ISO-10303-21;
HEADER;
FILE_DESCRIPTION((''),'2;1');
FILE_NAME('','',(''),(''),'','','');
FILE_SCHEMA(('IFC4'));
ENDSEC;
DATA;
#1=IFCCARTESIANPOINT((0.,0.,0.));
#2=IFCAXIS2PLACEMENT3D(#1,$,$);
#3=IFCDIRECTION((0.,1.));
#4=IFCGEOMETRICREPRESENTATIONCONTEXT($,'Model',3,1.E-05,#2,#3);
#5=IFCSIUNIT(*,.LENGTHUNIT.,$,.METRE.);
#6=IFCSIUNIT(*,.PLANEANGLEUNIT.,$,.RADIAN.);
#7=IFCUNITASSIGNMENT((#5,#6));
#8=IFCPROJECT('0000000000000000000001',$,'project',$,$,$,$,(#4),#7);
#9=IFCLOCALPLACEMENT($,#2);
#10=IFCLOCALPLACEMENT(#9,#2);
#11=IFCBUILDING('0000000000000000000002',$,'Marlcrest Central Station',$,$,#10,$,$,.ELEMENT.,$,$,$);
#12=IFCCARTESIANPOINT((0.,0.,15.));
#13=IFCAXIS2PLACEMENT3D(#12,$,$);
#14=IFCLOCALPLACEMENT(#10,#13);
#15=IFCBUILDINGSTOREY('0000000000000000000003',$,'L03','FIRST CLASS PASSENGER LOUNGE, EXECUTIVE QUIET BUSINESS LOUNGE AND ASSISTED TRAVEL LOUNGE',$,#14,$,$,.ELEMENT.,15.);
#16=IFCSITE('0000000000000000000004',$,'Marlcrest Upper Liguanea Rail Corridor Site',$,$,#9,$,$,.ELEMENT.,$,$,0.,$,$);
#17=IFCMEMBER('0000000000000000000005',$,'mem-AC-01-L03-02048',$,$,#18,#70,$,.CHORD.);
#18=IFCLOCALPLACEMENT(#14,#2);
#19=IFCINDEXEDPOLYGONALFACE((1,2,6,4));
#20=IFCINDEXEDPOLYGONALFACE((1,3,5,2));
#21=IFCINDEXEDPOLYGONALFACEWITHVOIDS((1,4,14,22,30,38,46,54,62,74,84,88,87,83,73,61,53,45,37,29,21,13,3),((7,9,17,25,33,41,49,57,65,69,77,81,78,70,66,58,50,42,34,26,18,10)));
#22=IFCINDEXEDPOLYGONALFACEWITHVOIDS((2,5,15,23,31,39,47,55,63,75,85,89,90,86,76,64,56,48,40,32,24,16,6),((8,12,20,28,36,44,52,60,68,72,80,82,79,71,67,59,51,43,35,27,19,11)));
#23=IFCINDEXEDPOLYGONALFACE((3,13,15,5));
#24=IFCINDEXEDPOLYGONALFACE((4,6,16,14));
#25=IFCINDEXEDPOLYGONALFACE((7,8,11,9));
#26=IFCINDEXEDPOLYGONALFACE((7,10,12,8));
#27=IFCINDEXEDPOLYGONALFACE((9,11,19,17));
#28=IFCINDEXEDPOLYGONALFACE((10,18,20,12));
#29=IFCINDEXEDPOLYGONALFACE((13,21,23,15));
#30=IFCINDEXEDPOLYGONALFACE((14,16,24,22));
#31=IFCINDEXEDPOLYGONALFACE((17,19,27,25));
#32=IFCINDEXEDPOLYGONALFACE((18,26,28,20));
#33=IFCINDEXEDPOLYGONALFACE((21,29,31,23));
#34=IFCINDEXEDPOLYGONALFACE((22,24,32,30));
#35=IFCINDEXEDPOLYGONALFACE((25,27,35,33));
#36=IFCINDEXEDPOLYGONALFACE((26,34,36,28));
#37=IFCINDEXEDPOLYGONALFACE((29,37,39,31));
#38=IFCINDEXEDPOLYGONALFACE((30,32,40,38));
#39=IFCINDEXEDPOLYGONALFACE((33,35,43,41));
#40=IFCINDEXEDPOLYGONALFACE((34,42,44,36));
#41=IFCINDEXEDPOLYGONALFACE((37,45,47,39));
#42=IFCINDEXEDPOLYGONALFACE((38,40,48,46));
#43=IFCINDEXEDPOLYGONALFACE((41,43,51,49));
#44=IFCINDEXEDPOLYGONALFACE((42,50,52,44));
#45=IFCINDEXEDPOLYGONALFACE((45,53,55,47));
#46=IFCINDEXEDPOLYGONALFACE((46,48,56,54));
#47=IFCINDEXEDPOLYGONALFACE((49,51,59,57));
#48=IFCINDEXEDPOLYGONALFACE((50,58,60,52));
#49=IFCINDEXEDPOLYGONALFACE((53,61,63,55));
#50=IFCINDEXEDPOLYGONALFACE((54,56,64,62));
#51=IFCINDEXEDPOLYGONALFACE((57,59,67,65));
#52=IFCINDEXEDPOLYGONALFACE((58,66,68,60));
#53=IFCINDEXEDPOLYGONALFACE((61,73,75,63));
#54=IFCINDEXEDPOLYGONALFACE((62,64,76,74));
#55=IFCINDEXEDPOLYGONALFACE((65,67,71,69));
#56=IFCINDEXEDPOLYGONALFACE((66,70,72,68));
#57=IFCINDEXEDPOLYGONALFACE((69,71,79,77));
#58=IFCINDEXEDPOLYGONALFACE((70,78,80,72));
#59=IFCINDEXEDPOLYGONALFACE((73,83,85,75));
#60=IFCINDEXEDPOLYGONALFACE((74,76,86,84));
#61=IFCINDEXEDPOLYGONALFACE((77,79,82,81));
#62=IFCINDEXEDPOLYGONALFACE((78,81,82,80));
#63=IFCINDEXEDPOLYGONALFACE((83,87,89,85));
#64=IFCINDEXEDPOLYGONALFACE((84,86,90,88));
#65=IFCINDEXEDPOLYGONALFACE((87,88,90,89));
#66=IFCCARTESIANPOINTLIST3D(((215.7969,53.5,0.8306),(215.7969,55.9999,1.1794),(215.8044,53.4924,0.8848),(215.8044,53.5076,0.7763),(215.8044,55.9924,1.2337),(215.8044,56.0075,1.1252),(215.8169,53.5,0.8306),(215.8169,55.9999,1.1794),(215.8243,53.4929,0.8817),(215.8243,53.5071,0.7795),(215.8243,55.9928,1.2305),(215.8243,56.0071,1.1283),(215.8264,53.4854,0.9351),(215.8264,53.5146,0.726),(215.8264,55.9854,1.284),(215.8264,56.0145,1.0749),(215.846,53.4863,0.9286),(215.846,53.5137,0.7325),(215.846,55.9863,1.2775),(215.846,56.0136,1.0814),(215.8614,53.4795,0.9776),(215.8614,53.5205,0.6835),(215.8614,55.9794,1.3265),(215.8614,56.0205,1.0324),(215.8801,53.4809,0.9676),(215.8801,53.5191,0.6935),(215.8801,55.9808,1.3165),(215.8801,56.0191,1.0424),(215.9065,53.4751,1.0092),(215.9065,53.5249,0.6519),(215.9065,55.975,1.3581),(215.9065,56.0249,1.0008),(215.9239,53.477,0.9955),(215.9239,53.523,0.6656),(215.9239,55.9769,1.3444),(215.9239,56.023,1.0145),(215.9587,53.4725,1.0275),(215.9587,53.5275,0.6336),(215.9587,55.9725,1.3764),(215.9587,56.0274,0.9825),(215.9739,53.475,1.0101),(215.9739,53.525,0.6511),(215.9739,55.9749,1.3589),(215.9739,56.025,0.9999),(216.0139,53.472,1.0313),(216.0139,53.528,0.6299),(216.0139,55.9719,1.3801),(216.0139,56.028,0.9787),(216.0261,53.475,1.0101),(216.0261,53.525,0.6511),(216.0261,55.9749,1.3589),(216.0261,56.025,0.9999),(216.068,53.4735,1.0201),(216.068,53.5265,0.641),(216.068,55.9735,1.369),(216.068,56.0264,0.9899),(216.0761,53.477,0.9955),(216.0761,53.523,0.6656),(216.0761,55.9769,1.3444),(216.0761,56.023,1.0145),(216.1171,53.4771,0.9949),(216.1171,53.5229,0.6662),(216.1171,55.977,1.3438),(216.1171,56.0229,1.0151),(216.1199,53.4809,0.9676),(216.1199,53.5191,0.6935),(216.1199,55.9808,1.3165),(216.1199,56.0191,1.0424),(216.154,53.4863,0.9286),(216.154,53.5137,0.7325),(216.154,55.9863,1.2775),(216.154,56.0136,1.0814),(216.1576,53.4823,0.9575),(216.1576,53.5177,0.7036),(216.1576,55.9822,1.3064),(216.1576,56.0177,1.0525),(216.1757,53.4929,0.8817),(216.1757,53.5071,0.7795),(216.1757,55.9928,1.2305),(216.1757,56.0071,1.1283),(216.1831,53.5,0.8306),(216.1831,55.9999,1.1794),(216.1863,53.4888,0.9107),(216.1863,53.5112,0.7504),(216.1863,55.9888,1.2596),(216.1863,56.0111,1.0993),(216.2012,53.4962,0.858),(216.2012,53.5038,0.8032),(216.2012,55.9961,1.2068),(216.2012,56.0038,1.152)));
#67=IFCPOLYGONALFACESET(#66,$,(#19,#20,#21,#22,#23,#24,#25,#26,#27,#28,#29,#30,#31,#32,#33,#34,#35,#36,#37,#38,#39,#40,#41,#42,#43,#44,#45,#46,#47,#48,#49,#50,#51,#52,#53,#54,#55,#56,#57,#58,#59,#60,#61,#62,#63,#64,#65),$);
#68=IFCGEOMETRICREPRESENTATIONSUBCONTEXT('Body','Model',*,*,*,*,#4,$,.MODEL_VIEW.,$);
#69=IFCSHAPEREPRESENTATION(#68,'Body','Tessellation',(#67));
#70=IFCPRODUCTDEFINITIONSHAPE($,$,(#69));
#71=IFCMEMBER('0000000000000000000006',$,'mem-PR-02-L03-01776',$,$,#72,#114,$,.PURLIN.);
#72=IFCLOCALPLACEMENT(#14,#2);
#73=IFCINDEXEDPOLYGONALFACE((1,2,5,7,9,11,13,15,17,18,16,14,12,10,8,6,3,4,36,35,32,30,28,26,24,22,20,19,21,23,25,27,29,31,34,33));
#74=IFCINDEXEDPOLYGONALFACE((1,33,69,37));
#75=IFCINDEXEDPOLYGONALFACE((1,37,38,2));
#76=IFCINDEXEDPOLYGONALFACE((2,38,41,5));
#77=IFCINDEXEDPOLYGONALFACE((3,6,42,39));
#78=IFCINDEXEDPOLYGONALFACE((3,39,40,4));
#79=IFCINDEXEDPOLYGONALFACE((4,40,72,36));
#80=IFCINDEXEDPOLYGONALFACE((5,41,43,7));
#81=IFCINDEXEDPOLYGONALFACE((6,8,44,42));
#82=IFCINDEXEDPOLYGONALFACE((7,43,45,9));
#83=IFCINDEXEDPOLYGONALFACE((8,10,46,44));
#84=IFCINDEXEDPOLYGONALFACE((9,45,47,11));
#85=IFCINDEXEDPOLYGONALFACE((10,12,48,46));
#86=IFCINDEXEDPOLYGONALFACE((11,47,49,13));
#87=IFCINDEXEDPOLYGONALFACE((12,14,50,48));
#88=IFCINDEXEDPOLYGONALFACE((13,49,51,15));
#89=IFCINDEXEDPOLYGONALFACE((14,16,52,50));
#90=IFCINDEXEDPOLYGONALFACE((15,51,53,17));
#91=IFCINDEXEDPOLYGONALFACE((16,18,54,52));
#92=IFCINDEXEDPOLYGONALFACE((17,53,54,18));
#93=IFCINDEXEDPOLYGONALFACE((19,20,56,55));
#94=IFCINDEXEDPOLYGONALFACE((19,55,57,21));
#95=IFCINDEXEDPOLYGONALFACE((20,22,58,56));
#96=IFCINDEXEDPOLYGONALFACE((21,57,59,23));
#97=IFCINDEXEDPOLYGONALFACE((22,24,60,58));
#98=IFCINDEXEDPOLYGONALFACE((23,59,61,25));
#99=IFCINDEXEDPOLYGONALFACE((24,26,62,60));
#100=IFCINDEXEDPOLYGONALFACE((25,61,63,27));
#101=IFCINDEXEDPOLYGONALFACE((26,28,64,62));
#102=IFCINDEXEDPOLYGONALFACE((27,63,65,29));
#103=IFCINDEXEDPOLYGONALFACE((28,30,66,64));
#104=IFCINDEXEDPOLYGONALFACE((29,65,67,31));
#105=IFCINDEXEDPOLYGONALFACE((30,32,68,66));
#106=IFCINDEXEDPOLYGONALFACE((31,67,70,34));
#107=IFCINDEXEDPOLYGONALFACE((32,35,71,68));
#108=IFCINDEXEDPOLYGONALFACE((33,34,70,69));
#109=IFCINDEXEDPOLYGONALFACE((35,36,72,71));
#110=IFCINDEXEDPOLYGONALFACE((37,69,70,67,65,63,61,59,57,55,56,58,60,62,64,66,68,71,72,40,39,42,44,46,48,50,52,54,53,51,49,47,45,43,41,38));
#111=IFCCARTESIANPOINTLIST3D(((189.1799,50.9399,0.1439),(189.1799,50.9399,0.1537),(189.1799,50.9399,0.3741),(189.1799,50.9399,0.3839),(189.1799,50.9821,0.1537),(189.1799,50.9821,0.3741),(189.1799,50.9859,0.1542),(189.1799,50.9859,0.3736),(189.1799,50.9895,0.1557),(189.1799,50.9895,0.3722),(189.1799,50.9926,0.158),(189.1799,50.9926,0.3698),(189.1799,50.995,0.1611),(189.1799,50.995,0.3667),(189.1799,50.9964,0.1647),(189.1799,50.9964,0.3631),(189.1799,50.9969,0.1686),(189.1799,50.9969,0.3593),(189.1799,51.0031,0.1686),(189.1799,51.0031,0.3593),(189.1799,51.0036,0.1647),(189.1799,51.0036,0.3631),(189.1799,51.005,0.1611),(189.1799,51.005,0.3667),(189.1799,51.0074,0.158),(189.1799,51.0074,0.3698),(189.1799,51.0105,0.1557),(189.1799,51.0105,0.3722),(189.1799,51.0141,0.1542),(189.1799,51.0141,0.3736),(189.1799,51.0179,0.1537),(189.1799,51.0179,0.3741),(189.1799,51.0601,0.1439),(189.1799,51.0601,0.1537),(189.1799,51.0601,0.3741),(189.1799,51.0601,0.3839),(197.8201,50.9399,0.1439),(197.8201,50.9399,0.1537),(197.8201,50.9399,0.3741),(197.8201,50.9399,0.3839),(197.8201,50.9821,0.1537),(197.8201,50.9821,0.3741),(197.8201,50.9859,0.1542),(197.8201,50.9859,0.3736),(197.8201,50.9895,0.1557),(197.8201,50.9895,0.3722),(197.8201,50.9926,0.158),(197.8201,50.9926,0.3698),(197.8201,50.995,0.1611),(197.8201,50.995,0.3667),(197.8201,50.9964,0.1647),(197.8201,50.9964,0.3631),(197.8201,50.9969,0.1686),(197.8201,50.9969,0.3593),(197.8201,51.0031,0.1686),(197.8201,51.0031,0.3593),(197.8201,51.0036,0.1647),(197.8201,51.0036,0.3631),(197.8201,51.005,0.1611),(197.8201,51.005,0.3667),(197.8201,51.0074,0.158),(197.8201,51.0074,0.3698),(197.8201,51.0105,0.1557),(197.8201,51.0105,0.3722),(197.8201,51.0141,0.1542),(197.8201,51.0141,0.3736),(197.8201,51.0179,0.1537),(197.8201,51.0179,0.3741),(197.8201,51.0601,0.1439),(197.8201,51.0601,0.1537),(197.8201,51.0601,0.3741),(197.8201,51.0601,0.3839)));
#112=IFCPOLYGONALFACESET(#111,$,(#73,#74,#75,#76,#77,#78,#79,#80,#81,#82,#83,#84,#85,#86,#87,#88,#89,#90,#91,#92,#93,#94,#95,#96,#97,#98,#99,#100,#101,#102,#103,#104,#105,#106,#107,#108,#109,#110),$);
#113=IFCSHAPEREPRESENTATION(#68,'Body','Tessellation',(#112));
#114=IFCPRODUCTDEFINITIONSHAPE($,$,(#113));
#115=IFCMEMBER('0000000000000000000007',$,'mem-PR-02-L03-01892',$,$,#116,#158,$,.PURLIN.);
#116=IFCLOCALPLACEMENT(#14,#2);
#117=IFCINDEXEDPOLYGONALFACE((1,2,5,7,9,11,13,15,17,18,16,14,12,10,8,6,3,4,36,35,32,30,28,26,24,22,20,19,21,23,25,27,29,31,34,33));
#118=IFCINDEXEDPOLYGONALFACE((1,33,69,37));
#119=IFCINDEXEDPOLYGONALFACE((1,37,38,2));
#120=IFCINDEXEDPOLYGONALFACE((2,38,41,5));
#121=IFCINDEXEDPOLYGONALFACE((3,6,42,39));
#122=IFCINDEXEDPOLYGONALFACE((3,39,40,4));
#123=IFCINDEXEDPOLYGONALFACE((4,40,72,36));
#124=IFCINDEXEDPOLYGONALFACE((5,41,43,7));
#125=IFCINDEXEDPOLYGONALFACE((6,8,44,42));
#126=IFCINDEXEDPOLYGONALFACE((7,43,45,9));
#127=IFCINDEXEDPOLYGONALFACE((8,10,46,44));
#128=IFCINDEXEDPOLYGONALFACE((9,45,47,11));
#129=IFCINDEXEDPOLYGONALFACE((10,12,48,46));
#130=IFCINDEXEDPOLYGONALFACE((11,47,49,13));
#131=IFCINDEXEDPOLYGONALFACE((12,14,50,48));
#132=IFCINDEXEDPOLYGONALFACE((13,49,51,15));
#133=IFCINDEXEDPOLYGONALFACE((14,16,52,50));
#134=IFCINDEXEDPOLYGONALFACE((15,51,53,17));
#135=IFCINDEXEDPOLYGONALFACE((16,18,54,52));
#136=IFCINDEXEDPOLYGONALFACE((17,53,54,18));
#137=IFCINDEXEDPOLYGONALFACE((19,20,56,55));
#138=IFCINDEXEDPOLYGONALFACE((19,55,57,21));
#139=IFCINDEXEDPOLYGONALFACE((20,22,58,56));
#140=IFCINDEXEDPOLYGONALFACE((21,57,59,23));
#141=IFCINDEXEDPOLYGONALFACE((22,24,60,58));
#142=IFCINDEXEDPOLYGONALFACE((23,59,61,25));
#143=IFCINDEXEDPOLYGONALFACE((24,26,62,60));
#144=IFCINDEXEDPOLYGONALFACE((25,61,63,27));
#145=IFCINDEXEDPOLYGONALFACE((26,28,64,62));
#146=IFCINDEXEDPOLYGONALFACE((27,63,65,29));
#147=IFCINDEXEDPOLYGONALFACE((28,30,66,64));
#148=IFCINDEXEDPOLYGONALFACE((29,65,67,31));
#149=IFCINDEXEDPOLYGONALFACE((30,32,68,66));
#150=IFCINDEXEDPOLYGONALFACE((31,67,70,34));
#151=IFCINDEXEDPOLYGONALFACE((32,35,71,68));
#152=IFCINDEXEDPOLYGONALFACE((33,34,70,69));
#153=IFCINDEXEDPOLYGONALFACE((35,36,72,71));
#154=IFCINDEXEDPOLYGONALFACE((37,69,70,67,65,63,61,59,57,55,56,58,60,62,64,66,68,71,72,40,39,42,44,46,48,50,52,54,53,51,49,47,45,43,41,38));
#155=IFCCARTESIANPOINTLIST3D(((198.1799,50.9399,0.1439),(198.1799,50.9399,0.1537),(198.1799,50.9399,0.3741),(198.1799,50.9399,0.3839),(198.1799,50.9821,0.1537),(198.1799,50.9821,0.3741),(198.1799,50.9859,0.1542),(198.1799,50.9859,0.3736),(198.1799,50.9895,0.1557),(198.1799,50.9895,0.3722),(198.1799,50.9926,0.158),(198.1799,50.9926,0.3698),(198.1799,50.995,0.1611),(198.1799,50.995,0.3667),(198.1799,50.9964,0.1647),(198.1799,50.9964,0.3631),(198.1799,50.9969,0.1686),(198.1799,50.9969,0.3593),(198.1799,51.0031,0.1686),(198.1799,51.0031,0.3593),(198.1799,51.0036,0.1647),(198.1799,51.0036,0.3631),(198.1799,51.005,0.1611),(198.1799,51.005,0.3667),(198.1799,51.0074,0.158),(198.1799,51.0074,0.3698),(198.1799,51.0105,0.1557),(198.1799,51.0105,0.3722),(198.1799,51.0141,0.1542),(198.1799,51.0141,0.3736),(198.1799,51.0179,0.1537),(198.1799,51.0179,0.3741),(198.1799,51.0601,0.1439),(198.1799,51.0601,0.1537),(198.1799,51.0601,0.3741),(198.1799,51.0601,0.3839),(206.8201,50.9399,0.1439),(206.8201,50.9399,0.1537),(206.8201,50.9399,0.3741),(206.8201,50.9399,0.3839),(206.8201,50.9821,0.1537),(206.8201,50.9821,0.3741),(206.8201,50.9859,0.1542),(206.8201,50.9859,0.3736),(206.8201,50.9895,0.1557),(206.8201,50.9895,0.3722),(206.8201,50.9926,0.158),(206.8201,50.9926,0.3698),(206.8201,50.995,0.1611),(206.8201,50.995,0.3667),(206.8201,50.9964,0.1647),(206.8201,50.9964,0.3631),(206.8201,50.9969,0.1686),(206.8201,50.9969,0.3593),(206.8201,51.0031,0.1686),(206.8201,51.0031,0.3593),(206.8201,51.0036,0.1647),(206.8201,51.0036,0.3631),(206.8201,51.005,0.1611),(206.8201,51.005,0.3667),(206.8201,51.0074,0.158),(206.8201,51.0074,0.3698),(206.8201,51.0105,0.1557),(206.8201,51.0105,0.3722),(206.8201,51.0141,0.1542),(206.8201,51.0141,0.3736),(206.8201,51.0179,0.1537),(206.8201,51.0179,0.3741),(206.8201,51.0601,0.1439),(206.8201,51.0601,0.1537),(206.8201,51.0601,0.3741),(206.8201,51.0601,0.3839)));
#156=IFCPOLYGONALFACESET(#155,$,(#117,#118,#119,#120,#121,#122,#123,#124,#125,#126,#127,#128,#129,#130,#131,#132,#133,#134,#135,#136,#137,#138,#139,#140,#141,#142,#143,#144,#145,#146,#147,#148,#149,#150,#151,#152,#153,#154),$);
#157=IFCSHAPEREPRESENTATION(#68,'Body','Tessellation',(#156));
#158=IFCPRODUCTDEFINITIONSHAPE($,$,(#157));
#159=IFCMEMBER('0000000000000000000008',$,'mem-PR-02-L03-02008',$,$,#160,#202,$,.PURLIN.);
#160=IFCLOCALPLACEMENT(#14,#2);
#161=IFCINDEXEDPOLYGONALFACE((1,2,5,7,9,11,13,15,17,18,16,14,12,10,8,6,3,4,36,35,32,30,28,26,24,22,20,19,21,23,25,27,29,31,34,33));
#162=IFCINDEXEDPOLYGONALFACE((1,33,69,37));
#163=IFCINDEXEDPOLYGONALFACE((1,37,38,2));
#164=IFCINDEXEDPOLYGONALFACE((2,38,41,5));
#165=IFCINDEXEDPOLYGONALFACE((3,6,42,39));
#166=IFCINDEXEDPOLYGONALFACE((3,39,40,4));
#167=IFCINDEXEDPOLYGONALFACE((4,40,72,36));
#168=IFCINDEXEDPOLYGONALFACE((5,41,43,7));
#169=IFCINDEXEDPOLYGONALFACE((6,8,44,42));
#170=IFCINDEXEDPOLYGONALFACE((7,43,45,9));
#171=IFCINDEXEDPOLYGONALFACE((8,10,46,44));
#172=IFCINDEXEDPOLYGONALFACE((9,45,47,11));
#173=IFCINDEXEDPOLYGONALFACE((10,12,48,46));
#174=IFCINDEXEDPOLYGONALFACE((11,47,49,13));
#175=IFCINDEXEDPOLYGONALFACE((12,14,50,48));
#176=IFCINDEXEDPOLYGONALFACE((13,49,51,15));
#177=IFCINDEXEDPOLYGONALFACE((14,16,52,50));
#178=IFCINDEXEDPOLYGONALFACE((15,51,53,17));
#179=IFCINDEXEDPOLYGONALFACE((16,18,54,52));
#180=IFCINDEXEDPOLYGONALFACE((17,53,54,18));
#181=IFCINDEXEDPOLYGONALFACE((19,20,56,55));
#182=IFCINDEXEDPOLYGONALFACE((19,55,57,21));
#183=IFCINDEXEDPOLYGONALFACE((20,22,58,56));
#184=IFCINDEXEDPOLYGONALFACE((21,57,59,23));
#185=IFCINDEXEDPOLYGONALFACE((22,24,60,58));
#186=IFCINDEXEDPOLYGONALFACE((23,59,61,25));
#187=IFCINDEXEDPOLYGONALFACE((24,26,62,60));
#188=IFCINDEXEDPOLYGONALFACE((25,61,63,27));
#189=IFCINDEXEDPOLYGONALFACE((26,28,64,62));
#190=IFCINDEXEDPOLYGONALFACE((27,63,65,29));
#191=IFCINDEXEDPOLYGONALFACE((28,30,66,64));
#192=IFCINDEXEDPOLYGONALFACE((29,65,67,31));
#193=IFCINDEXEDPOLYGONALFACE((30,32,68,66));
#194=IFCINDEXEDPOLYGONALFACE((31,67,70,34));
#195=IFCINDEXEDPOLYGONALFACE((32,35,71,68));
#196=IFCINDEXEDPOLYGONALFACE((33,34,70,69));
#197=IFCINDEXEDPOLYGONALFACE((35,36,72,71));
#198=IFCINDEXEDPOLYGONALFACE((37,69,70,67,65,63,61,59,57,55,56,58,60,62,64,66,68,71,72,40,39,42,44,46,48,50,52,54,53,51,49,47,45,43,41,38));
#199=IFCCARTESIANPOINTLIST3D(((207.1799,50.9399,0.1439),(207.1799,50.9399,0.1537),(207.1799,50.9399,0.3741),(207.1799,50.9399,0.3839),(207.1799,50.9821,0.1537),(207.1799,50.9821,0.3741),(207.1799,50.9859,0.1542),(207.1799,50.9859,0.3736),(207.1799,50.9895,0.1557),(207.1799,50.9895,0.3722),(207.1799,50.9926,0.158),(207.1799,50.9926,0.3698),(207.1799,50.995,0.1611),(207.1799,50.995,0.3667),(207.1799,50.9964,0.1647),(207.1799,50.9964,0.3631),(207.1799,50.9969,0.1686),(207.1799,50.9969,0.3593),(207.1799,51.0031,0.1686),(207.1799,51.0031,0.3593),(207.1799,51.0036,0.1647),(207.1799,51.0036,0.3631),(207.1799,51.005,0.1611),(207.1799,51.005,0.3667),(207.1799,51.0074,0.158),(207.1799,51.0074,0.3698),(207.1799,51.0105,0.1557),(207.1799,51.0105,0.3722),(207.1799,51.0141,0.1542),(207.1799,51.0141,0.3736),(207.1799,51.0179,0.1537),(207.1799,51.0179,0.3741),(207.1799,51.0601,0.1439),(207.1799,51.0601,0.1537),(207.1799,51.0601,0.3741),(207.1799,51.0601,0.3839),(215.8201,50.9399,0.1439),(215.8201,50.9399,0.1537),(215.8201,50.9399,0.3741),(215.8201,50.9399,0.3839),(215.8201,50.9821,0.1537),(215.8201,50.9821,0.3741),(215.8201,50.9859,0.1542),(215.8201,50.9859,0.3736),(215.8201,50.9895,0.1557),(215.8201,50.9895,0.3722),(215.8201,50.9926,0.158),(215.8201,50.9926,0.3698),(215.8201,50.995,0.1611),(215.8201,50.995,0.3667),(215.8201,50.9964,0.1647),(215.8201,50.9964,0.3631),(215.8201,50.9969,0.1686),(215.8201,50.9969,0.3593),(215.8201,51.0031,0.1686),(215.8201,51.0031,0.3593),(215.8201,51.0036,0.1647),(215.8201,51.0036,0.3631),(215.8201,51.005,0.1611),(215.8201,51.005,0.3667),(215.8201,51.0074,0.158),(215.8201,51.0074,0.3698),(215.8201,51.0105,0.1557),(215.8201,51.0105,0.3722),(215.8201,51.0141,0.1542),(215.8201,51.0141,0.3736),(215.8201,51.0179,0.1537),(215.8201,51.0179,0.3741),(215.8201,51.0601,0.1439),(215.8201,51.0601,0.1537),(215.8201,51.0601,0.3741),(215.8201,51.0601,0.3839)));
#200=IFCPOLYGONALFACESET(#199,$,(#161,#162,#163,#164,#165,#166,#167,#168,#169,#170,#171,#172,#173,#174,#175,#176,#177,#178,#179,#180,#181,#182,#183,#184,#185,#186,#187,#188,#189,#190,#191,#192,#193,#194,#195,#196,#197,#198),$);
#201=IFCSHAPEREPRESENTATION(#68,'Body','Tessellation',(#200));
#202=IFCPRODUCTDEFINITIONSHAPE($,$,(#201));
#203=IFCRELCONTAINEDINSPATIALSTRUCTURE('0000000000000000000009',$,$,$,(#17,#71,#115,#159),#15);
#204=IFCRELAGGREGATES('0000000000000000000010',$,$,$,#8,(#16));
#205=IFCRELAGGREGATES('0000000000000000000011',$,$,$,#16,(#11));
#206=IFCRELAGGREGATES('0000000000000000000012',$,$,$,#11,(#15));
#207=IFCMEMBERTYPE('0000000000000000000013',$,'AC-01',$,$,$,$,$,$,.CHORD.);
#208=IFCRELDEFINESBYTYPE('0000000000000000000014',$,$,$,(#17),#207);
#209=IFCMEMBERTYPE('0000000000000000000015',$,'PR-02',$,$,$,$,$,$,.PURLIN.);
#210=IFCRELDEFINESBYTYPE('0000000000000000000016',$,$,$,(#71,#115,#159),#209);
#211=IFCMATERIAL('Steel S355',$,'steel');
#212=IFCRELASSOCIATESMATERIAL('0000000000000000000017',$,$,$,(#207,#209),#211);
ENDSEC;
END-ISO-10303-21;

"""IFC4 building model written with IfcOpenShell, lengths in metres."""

from ifc_helpers import new_model, si_unit, direction, frame, origin, origin_2d, place, context, subcontext, project, spatial, hollow_circle, i_section, extrude, material, material_profile, profile_set, type_object, element, save


model = new_model("IFC4")

# Units and contexts
model_context = context("Model", 3, precision=1e-05, world=origin(), true_north=direction((0.0, 1.0)))
body_context = subcontext(model_context, "Body", "Model", "MODEL_VIEW")
ifc_project = project(units=[si_unit("LENGTHUNIT", "METRE"), si_unit("PLANEANGLEUNIT", "RADIAN")], contexts=[model_context])

# Site, building, storey
site_placement = place(None, origin())
site = spatial("IfcSite", under=ifc_project, at=site_placement, Name="Marlcrest Upper Liguanea Rail Corridor Site", CompositionType="ELEMENT", RefElevation=0.0)
building_placement = place(site_placement, origin())
building = spatial("IfcBuilding", under=site, at=building_placement, Name="Marlcrest Central Station", CompositionType="ELEMENT")
storey_placement = place(building_placement, frame((0.0, 0.0, 15.0)))
storey = spatial("IfcBuildingStorey", under=building, at=storey_placement, Name="L03", Description="FIRST CLASS PASSENGER LOUNGE, EXECUTIVE QUIET BUSINESS LOUNGE AND ASSISTED TRAVEL LOUNGE", CompositionType="ELEMENT", Elevation=15.0)

# Members
ifc_material_1 = material(Name="Steel S355", Category="steel")
ifc_material_profile_1 = material_profile(ifc_material_1, hollow_circle(Radius=0.2031, WallThickness=0.02, at=origin_2d()), Name="CHS 406.4x20")
ifc_profile_set_1 = profile_set([ifc_material_profile_1], Name="Steel S355")
member_type_1 = type_object("IfcMemberType", Name="AC-01", PredefinedType="CHORD", material=ifc_profile_set_1)
member_1_placement = place(storey_placement, frame((216.0, 53.5, 0.8306), z_axis=(0.0, 0.990403, 0.138211), x_axis=(-1.0, 0.0, 0.0)))
element("IfcMember", 1, at=member_1_placement, inside=storey, type_object=member_type_1, Name="mem-AC-01-L03-02048", PredefinedType="CHORD", context=body_context, shape_type="SweptSolid", body=[
    extrude(hollow_circle(Radius=0.2031, WallThickness=0.02, at=origin_2d()), origin(), (0.0, 0.0, 1.0), 2.5242),
])
ifc_material_profile_2 = material_profile(ifc_material_1, i_section(OverallWidth=0.1201, OverallDepth=0.24, WebThickness=0.0061, FlangeThickness=0.0098, FilletRadius=0.0149, at=origin_2d()), Name="IPE 240")
ifc_profile_set_2 = profile_set([ifc_material_profile_2], Name="Steel S355")
member_type_2 = type_object("IfcMemberType", Name="PR-02", PredefinedType="PURLIN", material=ifc_profile_set_2)
for number, where, z_axis, x_axis, name in (
    (2, (189.1799, 51.0, 0.2639), (1.0, 0.0, 0.0), (0.0, 1.0, 0.0), "mem-PR-02-L03-01776"),
    (3, (198.1799, 51.0, 0.2639), (1.0, 0.0, 0.0), (0.0, 1.0, 0.0), "mem-PR-02-L03-01892"),
    (4, (207.1799, 51.0, 0.2639), (1.0, 0.0, 0.0), (0.0, 1.0, 0.0), "mem-PR-02-L03-02008"),
):
    element("IfcMember", number, at=place(storey_placement, frame(where, z_axis=z_axis, x_axis=x_axis)), inside=storey, type_object=member_type_2, Name=name, PredefinedType="PURLIN", context=body_context, shape_type="SweptSolid", body=[
        extrude(i_section(OverallWidth=0.1201, OverallDepth=0.24, WebThickness=0.0061, FlangeThickness=0.0098, FilletRadius=0.0149, at=origin_2d()), origin(), (0.0, 0.0, 1.0), 8.6401),
    ])

save(model, "model.ifc")
